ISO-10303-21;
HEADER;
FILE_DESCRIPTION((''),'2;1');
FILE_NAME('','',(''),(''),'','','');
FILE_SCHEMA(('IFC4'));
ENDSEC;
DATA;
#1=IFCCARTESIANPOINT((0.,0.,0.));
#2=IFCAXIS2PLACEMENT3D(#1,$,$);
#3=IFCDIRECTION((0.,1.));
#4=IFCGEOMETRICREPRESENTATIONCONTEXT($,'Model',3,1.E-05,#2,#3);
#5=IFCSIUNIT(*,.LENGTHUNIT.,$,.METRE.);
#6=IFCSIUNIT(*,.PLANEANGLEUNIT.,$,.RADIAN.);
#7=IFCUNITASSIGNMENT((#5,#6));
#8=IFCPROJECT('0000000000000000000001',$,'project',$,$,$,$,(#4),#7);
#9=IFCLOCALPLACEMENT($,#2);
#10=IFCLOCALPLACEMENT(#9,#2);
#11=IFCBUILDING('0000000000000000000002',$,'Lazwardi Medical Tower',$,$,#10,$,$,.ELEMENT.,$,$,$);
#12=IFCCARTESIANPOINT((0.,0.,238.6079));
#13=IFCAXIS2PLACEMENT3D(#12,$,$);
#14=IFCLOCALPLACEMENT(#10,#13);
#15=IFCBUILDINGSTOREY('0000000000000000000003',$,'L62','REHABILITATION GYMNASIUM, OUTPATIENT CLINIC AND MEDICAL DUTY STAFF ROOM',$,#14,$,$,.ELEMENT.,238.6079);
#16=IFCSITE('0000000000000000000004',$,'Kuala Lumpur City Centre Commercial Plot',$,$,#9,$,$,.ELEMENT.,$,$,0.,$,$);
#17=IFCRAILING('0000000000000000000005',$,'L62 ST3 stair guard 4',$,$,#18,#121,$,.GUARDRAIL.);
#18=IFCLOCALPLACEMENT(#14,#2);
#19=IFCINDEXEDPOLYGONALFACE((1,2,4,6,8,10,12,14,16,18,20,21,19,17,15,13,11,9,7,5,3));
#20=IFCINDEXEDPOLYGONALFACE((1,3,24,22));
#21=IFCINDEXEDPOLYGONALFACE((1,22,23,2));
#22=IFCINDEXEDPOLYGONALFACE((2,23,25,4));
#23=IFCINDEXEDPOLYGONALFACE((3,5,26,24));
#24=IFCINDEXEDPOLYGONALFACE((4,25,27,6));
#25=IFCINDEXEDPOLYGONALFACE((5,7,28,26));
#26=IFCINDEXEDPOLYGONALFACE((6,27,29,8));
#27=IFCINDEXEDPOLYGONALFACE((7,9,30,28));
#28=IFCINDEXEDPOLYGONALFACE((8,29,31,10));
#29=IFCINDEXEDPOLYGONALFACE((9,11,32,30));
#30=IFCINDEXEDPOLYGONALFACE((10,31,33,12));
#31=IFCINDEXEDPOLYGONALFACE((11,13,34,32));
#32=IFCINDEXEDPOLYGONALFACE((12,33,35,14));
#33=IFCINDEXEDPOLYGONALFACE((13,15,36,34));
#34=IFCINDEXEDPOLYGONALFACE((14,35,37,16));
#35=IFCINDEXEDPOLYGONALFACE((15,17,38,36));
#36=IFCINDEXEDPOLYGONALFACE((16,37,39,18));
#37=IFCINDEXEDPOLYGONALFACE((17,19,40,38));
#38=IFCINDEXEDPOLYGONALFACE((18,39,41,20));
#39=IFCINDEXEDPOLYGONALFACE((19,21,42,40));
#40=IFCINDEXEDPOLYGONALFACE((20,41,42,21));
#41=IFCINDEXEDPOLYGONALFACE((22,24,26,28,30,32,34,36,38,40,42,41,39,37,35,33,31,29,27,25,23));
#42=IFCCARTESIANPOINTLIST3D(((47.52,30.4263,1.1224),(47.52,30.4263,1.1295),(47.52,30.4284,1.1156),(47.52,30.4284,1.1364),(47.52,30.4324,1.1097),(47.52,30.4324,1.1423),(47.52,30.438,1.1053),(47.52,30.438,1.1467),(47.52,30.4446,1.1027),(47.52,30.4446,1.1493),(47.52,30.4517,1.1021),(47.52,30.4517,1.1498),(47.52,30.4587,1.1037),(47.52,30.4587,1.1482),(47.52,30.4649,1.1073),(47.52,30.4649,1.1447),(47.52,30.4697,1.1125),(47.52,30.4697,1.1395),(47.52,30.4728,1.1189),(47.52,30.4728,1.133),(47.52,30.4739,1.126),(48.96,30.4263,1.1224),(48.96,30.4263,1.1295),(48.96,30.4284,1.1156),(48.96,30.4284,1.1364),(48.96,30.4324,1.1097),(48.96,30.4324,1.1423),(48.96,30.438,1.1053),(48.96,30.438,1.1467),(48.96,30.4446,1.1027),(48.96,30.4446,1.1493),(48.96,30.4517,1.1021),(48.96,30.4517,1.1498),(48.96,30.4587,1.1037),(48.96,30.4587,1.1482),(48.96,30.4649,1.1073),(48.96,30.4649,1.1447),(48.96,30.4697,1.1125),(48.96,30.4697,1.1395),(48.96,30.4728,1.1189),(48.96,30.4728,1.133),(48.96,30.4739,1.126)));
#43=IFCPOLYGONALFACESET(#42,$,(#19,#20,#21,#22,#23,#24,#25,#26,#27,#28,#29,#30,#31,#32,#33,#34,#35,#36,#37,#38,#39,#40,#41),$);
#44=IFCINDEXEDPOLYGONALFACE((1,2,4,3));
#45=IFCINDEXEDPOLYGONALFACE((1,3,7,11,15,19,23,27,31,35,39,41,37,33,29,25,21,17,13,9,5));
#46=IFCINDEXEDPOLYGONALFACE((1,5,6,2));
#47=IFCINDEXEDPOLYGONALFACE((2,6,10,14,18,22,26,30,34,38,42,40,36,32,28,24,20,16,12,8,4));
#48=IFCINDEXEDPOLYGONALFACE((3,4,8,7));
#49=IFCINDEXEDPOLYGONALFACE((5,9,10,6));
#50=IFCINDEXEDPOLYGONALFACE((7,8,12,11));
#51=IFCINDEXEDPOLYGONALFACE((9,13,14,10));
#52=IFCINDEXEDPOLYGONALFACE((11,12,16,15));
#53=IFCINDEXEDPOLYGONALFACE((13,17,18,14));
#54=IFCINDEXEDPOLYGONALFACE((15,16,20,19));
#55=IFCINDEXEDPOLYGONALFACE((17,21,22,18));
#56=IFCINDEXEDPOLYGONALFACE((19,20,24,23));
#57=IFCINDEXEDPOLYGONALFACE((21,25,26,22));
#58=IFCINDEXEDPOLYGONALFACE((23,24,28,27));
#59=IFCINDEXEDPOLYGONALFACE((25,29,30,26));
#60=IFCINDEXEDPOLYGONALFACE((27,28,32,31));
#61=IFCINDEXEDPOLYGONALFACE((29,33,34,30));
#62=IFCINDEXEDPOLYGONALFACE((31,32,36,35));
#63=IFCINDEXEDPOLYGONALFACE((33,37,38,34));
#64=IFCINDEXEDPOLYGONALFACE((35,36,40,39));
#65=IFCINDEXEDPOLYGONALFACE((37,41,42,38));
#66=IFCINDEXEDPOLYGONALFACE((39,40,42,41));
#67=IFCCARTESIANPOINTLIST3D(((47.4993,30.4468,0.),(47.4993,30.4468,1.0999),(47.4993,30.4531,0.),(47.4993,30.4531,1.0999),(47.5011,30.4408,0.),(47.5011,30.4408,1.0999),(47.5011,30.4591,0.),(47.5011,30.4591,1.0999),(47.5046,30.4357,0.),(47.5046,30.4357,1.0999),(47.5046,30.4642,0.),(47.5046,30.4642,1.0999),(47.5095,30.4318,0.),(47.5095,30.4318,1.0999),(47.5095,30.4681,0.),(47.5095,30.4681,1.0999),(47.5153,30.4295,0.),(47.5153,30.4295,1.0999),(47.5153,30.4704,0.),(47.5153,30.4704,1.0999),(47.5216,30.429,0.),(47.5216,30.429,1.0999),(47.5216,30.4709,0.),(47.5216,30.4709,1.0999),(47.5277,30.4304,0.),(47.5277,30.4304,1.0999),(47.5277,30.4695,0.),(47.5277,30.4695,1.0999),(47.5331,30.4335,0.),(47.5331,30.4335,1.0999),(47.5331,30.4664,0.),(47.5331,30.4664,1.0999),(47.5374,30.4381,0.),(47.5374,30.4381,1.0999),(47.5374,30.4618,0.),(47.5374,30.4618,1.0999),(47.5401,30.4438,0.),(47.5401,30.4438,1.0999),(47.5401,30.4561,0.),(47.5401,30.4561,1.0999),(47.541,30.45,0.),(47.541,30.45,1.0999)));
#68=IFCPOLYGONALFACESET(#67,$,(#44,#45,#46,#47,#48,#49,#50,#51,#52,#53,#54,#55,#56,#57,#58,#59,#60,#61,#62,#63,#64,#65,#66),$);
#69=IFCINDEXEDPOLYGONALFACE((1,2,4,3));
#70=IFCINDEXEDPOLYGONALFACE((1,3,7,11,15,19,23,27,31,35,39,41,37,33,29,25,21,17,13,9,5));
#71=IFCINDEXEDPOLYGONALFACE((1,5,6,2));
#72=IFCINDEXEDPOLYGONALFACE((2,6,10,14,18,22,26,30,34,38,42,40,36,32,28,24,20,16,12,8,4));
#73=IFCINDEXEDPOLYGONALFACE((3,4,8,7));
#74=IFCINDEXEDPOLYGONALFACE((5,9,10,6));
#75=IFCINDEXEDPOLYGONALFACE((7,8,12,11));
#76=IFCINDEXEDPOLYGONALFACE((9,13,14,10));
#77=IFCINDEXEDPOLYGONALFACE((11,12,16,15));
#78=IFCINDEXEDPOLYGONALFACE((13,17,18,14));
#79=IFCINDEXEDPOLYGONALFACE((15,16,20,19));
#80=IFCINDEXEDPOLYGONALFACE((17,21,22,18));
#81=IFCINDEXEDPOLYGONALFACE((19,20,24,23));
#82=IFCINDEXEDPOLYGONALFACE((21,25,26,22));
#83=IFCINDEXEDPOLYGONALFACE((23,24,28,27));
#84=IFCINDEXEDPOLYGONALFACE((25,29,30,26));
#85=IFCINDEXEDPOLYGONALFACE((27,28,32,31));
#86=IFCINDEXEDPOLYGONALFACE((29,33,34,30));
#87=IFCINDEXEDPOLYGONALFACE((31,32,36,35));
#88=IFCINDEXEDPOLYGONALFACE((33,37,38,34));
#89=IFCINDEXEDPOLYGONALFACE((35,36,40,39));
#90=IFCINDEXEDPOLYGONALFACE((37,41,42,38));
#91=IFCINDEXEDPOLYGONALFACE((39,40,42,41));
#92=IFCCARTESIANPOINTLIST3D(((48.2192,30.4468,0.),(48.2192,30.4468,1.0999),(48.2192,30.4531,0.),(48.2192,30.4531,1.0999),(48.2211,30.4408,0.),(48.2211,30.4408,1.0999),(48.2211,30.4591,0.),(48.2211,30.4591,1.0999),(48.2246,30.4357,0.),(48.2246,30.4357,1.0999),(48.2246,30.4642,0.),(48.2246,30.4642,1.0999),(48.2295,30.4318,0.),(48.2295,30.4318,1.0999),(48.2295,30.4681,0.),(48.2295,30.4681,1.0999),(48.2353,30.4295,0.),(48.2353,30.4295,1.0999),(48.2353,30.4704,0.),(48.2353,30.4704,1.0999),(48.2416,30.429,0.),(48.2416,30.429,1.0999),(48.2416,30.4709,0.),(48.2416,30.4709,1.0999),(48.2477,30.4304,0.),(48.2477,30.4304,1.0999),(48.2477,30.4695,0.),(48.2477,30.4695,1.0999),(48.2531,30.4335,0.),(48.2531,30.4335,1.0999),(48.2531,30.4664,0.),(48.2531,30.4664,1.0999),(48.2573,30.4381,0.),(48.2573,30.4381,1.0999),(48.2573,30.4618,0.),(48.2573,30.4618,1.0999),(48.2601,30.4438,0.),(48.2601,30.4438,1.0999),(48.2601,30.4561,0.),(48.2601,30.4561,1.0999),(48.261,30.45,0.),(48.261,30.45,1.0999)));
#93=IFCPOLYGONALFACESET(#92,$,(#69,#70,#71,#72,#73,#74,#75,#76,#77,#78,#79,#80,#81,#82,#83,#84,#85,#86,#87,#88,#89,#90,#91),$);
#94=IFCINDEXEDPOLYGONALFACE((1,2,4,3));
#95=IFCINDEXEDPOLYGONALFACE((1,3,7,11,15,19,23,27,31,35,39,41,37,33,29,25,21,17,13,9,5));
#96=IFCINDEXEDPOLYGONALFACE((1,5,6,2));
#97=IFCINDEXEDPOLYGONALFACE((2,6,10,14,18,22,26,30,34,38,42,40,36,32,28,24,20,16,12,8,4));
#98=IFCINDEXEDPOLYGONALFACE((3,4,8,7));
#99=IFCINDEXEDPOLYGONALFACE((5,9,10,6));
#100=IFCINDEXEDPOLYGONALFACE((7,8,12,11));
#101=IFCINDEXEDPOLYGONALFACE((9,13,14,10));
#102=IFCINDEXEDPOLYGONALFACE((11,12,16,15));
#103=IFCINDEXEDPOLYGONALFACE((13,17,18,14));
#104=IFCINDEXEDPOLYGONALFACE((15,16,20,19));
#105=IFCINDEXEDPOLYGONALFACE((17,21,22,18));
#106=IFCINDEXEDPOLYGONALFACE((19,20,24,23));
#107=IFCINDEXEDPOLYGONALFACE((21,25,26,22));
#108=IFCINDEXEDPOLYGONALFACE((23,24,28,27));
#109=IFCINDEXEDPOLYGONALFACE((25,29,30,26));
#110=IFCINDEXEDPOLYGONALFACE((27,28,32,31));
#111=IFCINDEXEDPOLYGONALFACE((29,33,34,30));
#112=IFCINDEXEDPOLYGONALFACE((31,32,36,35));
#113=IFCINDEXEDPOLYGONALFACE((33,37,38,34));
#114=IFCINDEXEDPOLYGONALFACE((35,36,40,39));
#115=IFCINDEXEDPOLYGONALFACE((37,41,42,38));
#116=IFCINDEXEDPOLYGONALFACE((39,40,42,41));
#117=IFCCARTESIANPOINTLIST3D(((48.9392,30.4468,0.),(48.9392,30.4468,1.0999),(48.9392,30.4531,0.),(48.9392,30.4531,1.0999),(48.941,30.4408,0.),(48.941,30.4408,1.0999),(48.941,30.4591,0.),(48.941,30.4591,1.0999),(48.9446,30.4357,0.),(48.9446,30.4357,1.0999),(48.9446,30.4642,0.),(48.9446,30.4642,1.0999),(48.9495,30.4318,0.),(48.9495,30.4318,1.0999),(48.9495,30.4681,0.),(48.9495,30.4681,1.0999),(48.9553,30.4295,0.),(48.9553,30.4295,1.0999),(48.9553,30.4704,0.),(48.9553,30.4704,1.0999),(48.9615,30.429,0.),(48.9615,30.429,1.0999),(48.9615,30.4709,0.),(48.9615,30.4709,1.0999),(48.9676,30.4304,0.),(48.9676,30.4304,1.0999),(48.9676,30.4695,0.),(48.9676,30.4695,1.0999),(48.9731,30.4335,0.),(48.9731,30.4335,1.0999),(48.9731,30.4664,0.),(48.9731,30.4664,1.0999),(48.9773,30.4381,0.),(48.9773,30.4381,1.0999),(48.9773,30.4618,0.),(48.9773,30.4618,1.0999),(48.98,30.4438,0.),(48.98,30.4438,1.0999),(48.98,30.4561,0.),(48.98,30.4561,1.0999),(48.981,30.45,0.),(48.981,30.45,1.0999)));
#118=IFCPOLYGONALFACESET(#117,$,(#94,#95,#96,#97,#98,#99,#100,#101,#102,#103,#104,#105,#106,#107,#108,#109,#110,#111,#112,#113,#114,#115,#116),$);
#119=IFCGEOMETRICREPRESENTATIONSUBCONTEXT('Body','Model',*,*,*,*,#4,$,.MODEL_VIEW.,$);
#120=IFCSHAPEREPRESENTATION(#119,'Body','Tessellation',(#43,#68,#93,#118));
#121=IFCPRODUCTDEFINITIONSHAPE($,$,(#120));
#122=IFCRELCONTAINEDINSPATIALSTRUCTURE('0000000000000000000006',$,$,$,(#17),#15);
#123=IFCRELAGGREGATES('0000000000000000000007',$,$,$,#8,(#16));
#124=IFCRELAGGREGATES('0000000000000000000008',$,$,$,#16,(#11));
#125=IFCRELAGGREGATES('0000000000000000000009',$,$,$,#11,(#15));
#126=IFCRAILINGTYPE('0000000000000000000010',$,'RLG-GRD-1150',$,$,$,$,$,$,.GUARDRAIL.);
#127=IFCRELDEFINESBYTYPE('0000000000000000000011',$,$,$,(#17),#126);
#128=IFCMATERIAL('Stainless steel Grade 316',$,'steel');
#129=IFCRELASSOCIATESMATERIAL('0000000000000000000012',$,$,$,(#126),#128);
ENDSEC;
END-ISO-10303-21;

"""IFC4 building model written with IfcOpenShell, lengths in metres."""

from ifc_helpers import new_model, si_unit, direction, frame, origin, origin_2d, place, context, subcontext, project, spatial, circle, extrude, material, type_object, element, save


model = new_model("IFC4")

# Units and contexts
model_context = context("Model", 3, precision=1e-05, world=origin(), true_north=direction((0.0, 1.0)))
body_context = subcontext(model_context, "Body", "Model", "MODEL_VIEW")
ifc_project = project(units=[si_unit("LENGTHUNIT", "METRE"), si_unit("PLANEANGLEUNIT", "RADIAN")], contexts=[model_context])

# Site, building, storey
site_placement = place(None, origin())
site = spatial("IfcSite", under=ifc_project, at=site_placement, Name="Kuala Lumpur City Centre Commercial Plot", CompositionType="ELEMENT", RefElevation=0.0)
building_placement = place(site_placement, origin())
building = spatial("IfcBuilding", under=site, at=building_placement, Name="Lazwardi Medical Tower", CompositionType="ELEMENT")
storey_placement = place(building_placement, frame((0.0, 0.0, 238.6079)))
storey = spatial("IfcBuildingStorey", under=building, at=storey_placement, Name="L62", Description="REHABILITATION GYMNASIUM, OUTPATIENT CLINIC AND MEDICAL DUTY STAFF ROOM", CompositionType="ELEMENT", Elevation=238.6079)

# Railing
ifc_material_1 = material(Name="Stainless steel Grade 316", Category="steel")
railing_type = type_object("IfcRailingType", Name="RLG-GRD-1150", PredefinedType="GUARDRAIL", material=ifc_material_1)
railing_1_placement = place(storey_placement, frame((47.52, 30.45, 0.0)))
element("IfcRailing", 1, at=railing_1_placement, inside=storey, type_object=railing_type, Name="L62 ST3 stair guard 4", PredefinedType="GUARDRAIL", context=body_context, shape_type="SweptSolid", body=[
    extrude(circle(Radius=0.0239, at=origin_2d()), frame((0.0, 0.0, 1.126), z_axis=(1.0, 0.0, 0.0), x_axis=(0.0, 1.0, 0.0)), (0.0, 0.0, 1.0), 1.4399),
    extrude(circle(Radius=0.021, at=origin_2d()), origin(), (0.0, 0.0, 1.0), 1.0999),
    extrude(circle(Radius=0.021, at=origin_2d()), frame((0.72, 0.0, 0.0)), (0.0, 0.0, 1.0), 1.0999),
    extrude(circle(Radius=0.021, at=origin_2d()), frame((1.4399, 0.0, 0.0)), (0.0, 0.0, 1.0), 1.0999),
])

save(model, "model.ifc")
